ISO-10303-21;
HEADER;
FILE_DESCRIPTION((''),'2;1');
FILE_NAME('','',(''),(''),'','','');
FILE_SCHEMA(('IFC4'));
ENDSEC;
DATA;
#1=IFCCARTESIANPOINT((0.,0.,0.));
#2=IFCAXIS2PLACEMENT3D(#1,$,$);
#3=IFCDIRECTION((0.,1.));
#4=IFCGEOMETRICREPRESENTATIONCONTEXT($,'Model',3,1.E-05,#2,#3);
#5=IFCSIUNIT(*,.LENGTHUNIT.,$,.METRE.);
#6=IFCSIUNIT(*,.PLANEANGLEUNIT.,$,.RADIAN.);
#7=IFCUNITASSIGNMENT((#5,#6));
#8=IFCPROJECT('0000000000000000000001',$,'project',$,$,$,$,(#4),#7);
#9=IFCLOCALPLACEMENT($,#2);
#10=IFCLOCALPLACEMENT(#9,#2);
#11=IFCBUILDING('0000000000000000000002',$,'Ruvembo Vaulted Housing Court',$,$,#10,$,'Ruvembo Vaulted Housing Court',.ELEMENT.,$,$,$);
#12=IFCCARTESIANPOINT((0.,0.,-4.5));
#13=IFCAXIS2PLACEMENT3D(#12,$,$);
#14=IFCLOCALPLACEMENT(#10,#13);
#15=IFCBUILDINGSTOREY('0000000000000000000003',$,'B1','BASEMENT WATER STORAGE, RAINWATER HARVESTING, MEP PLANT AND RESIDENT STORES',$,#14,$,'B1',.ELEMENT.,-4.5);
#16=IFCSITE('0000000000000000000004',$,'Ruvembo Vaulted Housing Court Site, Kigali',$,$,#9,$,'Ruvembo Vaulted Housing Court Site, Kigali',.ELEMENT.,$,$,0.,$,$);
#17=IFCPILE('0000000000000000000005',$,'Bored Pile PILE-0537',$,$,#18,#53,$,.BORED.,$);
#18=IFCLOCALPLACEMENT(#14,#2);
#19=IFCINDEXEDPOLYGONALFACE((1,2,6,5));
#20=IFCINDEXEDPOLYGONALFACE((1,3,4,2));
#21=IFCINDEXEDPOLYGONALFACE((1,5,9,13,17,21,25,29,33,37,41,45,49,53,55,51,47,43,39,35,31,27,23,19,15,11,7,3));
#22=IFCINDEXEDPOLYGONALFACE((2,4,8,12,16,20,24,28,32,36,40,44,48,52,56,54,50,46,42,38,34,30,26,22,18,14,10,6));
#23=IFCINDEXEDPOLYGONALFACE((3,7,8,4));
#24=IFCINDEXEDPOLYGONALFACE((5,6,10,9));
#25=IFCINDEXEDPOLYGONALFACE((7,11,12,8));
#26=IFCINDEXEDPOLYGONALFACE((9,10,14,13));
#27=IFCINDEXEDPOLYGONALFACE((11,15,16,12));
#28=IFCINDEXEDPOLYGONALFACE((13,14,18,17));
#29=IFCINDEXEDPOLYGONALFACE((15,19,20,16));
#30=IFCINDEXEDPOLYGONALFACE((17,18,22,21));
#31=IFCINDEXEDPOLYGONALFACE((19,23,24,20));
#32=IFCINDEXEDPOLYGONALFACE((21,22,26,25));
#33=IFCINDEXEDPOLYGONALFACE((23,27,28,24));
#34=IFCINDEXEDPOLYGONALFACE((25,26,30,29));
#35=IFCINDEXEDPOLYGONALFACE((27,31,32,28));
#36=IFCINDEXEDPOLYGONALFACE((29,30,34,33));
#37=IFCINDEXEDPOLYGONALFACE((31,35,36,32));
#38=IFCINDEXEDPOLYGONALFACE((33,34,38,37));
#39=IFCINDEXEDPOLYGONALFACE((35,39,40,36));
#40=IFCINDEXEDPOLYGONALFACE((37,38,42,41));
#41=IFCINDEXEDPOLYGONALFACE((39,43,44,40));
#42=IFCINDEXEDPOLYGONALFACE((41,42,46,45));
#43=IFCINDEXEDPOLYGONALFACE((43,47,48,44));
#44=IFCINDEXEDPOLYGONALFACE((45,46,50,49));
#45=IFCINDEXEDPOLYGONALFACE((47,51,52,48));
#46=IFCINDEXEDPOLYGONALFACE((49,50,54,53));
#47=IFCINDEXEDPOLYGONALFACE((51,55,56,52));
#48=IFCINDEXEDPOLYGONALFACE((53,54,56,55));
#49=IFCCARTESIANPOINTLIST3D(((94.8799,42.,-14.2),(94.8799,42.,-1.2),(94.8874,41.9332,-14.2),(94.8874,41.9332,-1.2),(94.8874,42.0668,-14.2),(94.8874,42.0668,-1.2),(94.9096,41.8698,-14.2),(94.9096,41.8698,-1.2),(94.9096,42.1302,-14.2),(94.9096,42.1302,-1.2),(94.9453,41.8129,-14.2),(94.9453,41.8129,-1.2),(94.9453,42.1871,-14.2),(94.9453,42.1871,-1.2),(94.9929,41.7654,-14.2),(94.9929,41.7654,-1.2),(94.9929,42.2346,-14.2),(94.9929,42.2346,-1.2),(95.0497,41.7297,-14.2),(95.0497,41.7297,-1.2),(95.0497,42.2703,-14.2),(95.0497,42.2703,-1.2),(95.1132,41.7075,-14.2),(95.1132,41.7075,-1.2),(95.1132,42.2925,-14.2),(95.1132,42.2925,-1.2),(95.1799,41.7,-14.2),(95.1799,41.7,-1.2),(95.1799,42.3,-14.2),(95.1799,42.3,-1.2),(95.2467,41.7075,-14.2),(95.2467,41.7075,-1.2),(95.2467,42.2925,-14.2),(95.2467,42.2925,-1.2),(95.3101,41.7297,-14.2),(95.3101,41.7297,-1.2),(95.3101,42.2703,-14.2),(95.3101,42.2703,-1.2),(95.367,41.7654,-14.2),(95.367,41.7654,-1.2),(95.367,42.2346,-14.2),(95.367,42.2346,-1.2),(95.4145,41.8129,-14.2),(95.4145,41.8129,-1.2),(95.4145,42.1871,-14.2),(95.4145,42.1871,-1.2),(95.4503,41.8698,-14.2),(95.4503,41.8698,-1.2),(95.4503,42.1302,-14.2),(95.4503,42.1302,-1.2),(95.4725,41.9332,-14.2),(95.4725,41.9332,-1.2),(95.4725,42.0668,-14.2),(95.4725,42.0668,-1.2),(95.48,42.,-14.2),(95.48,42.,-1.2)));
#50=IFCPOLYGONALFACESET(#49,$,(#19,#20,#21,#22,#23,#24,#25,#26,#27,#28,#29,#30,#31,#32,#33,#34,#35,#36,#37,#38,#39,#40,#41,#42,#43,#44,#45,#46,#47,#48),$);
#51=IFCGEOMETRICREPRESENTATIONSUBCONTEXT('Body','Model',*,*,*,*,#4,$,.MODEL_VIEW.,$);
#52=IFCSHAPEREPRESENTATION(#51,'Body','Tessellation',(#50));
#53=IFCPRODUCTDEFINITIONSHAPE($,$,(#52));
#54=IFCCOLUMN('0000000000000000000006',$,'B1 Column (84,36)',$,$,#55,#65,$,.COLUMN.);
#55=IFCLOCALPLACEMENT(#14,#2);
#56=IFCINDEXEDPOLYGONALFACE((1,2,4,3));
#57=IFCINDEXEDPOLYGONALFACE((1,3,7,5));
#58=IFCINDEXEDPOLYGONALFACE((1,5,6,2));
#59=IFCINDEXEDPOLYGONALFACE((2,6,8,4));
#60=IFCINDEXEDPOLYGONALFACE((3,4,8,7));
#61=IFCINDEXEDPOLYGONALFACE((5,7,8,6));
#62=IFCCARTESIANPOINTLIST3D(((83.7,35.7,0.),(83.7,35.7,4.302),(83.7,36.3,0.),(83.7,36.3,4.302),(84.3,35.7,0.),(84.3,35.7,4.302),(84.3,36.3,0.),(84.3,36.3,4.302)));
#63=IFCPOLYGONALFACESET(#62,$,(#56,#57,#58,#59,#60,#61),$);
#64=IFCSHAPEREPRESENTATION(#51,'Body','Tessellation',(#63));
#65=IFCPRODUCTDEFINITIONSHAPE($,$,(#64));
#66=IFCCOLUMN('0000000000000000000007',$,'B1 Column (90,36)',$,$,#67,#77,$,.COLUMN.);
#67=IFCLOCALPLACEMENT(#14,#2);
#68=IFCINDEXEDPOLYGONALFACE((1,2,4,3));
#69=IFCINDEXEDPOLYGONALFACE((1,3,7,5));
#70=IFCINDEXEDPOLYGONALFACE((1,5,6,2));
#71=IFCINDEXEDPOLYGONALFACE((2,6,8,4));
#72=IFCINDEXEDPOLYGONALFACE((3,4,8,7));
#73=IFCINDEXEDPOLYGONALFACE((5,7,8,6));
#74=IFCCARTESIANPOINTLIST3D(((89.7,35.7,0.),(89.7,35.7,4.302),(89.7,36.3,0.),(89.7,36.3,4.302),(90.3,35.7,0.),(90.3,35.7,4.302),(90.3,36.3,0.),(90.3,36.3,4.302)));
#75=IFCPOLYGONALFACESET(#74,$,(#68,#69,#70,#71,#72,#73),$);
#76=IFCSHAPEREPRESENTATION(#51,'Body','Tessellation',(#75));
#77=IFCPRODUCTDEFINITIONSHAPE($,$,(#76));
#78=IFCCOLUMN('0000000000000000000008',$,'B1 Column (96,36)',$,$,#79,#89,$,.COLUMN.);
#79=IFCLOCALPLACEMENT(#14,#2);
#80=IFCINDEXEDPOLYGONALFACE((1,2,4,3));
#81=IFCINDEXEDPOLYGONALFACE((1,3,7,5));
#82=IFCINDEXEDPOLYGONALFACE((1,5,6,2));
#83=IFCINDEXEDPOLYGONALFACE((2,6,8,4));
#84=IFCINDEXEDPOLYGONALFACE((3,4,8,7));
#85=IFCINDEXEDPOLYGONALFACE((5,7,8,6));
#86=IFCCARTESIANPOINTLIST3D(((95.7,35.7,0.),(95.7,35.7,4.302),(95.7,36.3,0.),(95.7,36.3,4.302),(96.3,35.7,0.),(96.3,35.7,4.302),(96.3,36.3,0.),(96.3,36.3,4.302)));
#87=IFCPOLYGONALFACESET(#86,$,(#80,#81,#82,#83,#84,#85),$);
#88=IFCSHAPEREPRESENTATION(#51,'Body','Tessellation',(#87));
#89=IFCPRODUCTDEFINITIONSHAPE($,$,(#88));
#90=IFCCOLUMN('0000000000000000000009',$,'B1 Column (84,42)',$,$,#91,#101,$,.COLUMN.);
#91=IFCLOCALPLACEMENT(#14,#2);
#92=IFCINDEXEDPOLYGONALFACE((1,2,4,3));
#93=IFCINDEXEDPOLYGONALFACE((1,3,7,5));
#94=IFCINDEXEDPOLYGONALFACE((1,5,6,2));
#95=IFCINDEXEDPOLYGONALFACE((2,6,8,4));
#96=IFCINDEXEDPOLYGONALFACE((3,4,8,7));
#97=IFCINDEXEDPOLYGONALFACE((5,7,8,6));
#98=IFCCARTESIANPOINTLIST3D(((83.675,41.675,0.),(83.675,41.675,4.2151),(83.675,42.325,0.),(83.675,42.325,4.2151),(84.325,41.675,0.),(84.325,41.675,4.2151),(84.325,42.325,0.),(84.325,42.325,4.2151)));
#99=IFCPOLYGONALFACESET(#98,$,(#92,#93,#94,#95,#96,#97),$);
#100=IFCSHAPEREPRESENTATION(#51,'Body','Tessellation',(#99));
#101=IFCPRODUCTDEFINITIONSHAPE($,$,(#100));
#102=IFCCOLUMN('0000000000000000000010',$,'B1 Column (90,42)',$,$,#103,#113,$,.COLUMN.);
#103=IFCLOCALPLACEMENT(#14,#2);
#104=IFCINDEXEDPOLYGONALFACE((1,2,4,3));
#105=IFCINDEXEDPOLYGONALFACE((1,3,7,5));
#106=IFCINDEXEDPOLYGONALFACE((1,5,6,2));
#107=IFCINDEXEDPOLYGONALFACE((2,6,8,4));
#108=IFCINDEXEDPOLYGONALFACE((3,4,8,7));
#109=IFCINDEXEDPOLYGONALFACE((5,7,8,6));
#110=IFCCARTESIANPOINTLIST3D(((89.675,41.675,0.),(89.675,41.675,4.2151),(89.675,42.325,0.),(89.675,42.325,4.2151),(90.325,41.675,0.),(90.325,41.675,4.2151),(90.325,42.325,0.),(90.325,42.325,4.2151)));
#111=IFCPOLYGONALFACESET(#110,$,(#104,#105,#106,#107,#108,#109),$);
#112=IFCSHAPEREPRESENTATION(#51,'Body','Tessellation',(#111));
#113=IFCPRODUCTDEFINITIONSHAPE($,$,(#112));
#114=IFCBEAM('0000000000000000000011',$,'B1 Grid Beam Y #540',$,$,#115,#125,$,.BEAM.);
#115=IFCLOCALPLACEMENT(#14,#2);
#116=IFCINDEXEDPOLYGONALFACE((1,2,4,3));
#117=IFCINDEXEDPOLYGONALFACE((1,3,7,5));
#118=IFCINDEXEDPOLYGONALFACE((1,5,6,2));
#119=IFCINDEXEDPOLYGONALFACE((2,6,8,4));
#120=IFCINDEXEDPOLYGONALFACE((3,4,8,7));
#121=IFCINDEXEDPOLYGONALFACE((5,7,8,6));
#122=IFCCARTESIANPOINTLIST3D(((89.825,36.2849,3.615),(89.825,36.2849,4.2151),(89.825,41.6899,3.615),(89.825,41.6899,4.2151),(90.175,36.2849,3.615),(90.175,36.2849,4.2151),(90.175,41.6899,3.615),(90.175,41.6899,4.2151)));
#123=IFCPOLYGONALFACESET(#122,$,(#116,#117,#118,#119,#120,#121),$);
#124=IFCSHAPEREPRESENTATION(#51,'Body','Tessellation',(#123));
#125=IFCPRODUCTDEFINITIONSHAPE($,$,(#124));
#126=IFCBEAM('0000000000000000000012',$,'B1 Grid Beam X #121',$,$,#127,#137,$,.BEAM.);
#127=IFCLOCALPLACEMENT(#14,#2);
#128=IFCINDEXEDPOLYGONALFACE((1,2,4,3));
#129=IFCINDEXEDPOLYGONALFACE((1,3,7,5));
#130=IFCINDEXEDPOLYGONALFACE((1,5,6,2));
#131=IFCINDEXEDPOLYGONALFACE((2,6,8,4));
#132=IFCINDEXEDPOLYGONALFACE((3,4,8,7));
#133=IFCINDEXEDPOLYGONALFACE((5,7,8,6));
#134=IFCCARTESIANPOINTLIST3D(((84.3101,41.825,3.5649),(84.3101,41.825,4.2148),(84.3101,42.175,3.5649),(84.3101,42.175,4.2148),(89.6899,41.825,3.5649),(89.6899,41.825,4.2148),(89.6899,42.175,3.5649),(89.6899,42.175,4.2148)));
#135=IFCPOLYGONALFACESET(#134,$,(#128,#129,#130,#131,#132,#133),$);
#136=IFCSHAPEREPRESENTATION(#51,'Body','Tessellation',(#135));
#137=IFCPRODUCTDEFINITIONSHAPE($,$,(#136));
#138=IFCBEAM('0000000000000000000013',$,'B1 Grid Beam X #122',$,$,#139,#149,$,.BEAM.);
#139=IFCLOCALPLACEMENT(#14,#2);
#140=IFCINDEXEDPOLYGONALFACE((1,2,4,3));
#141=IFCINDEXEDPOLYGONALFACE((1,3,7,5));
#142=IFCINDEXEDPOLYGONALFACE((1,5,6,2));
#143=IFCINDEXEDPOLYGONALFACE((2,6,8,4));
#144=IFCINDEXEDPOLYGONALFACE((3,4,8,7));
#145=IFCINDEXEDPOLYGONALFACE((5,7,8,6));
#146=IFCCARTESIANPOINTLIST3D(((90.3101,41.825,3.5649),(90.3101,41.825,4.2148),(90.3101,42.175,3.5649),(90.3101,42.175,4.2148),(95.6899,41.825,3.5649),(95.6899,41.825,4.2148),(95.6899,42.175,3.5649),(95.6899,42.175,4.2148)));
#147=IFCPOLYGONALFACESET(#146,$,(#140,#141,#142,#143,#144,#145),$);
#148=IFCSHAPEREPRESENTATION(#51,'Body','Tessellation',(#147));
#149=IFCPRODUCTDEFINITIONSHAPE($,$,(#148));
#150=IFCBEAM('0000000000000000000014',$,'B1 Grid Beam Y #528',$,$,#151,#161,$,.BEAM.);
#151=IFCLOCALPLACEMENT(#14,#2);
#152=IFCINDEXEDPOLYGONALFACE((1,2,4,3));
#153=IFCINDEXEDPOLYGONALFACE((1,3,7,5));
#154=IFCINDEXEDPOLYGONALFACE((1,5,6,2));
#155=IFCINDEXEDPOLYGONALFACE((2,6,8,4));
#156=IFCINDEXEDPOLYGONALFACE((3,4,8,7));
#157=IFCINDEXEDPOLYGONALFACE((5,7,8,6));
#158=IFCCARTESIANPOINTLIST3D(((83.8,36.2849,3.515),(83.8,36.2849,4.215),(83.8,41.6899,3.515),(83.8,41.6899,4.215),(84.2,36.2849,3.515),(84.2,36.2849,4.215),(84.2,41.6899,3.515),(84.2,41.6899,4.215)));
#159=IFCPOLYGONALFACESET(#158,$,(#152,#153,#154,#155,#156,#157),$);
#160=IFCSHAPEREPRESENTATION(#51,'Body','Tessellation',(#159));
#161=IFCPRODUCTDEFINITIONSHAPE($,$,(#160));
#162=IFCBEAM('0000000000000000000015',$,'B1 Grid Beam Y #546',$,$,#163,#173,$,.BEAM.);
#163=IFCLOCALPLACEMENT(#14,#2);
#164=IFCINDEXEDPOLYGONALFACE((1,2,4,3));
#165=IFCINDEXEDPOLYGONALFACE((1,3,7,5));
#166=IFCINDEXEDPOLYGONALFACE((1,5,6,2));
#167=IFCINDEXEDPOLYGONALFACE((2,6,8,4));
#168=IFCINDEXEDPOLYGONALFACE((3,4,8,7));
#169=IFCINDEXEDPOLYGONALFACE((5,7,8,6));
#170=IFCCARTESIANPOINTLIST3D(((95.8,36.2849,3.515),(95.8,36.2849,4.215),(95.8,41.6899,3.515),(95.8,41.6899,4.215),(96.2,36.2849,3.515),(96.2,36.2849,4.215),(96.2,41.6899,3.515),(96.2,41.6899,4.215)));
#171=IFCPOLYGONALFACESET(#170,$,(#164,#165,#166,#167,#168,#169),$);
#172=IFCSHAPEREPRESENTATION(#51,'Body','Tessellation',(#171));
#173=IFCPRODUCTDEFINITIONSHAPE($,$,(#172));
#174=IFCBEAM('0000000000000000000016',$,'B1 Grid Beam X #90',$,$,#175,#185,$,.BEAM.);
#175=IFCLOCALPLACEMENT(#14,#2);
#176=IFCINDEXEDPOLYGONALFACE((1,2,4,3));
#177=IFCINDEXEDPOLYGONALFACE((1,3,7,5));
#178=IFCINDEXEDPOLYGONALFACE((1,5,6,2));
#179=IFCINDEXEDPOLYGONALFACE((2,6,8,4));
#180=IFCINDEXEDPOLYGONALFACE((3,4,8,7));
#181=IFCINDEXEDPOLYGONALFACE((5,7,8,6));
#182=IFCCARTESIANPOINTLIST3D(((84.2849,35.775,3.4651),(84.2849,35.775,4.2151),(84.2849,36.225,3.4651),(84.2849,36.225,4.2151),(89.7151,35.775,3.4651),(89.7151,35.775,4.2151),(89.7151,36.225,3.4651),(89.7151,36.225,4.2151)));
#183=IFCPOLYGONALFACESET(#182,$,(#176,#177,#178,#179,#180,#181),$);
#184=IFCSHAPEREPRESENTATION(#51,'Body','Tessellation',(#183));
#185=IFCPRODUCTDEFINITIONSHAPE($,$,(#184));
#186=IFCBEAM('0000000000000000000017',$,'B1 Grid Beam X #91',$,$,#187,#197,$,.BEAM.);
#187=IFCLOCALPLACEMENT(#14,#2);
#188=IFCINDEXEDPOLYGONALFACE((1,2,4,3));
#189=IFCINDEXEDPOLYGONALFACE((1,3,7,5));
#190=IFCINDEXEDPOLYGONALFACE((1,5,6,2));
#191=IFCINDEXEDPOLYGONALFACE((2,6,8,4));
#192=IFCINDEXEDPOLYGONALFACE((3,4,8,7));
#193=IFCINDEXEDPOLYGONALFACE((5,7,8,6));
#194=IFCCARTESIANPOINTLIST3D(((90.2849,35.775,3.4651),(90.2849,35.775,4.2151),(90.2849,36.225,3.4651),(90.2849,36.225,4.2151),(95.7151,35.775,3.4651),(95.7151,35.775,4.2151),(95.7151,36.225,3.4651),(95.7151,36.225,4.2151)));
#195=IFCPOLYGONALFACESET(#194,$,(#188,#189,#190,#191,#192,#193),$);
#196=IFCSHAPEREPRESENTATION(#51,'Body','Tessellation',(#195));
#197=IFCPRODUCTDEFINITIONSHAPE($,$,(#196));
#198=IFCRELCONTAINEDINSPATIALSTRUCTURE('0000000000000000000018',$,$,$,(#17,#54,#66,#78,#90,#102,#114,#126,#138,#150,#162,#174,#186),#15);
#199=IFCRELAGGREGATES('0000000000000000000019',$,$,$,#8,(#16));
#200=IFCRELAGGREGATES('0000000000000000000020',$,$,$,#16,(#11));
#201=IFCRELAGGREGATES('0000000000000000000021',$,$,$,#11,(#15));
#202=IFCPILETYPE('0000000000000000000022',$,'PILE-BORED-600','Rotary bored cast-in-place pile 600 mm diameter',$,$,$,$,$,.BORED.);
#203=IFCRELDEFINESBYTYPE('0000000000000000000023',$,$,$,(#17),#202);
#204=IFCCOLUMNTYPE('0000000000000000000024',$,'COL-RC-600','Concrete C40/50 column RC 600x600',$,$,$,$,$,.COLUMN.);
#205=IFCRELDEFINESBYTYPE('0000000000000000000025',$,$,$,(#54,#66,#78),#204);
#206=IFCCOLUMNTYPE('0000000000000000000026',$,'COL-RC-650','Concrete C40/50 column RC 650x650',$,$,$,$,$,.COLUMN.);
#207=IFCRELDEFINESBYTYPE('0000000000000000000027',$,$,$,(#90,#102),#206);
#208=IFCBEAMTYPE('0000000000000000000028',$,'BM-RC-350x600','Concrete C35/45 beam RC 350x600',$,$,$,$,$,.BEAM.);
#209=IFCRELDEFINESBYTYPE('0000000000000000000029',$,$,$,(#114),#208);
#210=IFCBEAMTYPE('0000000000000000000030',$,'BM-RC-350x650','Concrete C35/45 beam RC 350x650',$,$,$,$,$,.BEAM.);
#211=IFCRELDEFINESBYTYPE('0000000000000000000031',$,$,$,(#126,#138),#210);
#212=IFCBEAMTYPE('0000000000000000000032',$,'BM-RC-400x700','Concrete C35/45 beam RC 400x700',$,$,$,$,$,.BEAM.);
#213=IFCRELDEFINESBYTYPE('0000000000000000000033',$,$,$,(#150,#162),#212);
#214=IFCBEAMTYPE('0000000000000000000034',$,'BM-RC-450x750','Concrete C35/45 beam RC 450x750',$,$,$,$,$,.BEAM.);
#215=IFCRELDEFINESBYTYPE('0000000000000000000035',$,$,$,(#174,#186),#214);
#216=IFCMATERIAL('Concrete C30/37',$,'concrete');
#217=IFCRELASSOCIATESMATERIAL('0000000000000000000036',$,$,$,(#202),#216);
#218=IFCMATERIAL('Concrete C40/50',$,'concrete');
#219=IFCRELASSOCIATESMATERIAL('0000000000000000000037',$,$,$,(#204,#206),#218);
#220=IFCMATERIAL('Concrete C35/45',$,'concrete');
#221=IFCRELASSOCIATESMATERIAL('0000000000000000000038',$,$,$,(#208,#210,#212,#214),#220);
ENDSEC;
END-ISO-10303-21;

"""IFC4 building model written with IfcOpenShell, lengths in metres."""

from ifc_helpers import new_model, si_unit, direction, frame, origin, origin_2d, place, context, subcontext, project, spatial, rectangle, circle, extrude, material, material_profile, profile_set, type_object, element, save


model = new_model("IFC4")

# Units and contexts
model_context = context("Model", 3, precision=1e-05, world=origin(), true_north=direction((0.0, 1.0)))
body_context = subcontext(model_context, "Body", "Model", "MODEL_VIEW")
ifc_project = project(units=[si_unit("LENGTHUNIT", "METRE"), si_unit("PLANEANGLEUNIT", "RADIAN")], contexts=[model_context])

# Site, building, storey
site_placement = place(None, origin())
site = spatial("IfcSite", under=ifc_project, at=site_placement, Name="Ruvembo Vaulted Housing Court Site, Kigali", LongName="Ruvembo Vaulted Housing Court Site, Kigali", CompositionType="ELEMENT", RefElevation=0.0)
building_placement = place(site_placement, origin())
building = spatial("IfcBuilding", under=site, at=building_placement, Name="Ruvembo Vaulted Housing Court", LongName="Ruvembo Vaulted Housing Court", CompositionType="ELEMENT")
storey_placement = place(building_placement, frame((0.0, 0.0, -4.5)))
storey = spatial("IfcBuildingStorey", under=building, at=storey_placement, Name="B1", Description="BASEMENT WATER STORAGE, RAINWATER HARVESTING, MEP PLANT AND RESIDENT STORES", LongName="B1", CompositionType="ELEMENT", Elevation=-4.5)

# Shared definitions
ifc_material_1 = material(Name="Concrete C35/45", Category="concrete")

# Pile
ifc_material_2 = material(Name="Concrete C30/37", Category="concrete")
ifc_material_profile_1 = material_profile(ifc_material_2, circle(Radius=0.3, at=origin_2d()), Name="PILE D600")
ifc_profile_set_1 = profile_set([ifc_material_profile_1], Name="Concrete C30/37")
pile_type = type_object("IfcPileType", Name="PILE-BORED-600", Description="Rotary bored cast-in-place pile 600 mm diameter", PredefinedType="BORED", material=ifc_profile_set_1)
for number, where, z_axis, x_axis, name in (
    (1, (95.1799, 42.0, -1.2), (0.0, 0.0, -1.0), (1.0, 0.0, 0.0), "Bored Pile PILE-0537"),
):
    element("IfcPile", number, at=place(storey_placement, frame(where, z_axis=z_axis, x_axis=x_axis)), inside=storey, type_object=pile_type, Name=name, PredefinedType="BORED", context=body_context, shape_type="SweptSolid", body=[
        extrude(circle(Radius=0.3, at=origin_2d()), origin(), (0.0, 0.0, 1.0), 13.0),
    ])

# Columns
ifc_material_3 = material(Name="Concrete C40/50", Category="concrete")
ifc_material_profile_2 = material_profile(ifc_material_3, rectangle(XDim=0.6001, YDim=0.6001, at=origin_2d()), Name="RC 600x600")
ifc_profile_set_2 = profile_set([ifc_material_profile_2], Name="Concrete C40/50")
column_type_1 = type_object("IfcColumnType", Name="COL-RC-600", Description="Concrete C40/50 column RC 600x600", PredefinedType="COLUMN", material=ifc_profile_set_2)
for number, where, z_axis, x_axis, name in (
    (2, (84.0, 36.0, 0.0), (0.0, 0.0, 1.0), (1.0, 0.0, 0.0), "B1 Column (84,36)"),
    (3, (90.0, 36.0, 0.0), (0.0, 0.0, 1.0), (1.0, 0.0, 0.0), "B1 Column (90,36)"),
    (4, (96.0, 36.0, 0.0), (0.0, 0.0, 1.0), (1.0, 0.0, 0.0), "B1 Column (96,36)"),
):
    element("IfcColumn", number, at=place(storey_placement, frame(where, z_axis=z_axis, x_axis=x_axis)), inside=storey, type_object=column_type_1, Name=name, PredefinedType="COLUMN", context=body_context, shape_type="SweptSolid", body=[
        extrude(rectangle(XDim=0.6001, YDim=0.6001, at=origin_2d()), origin(), (0.0, 0.0, 1.0), 4.302),
    ])
ifc_material_profile_3 = material_profile(ifc_material_3, rectangle(XDim=0.6499, YDim=0.6499, at=origin_2d()), Name="RC 650x650")
ifc_profile_set_3 = profile_set([ifc_material_profile_3], Name="Concrete C40/50")
column_type_2 = type_object("IfcColumnType", Name="COL-RC-650", Description="Concrete C40/50 column RC 650x650", PredefinedType="COLUMN", material=ifc_profile_set_3)
for number, where, z_axis, x_axis, name in (
    (5, (84.0, 42.0, 0.0), (0.0, 0.0, 1.0), (1.0, 0.0, 0.0), "B1 Column (84,42)"),
    (6, (90.0, 42.0, 0.0), (0.0, 0.0, 1.0), (1.0, 0.0, 0.0), "B1 Column (90,42)"),
):
    element("IfcColumn", number, at=place(storey_placement, frame(where, z_axis=z_axis, x_axis=x_axis)), inside=storey, type_object=column_type_2, Name=name, PredefinedType="COLUMN", context=body_context, shape_type="SweptSolid", body=[
        extrude(rectangle(XDim=0.6499, YDim=0.6499, at=origin_2d()), origin(), (0.0, 0.0, 1.0), 4.2151),
    ])

# Beams
ifc_material_profile_4 = material_profile(ifc_material_1, rectangle(XDim=0.3501, YDim=0.6001, at=origin_2d()), Name="RC 350x600")
ifc_profile_set_4 = profile_set([ifc_material_profile_4], Name="Concrete C35/45")
beam_type_1 = type_object("IfcBeamType", Name="BM-RC-350x600", Description="Concrete C35/45 beam RC 350x600", PredefinedType="BEAM", material=ifc_profile_set_4)
beam_placement = place(storey_placement, frame((90.0, 36.2849, 3.915), z_axis=(0.0, 1.0, 0.0), x_axis=(-1.0, 0.0, 0.0)))
element("IfcBeam", 7, at=beam_placement, inside=storey, type_object=beam_type_1, Name="B1 Grid Beam Y #540", PredefinedType="BEAM", context=body_context, shape_type="SweptSolid", body=[
    extrude(rectangle(XDim=0.3501, YDim=0.6001, at=origin_2d()), origin(), (0.0, 0.0, 1.0), 5.405),
])
ifc_material_profile_5 = material_profile(ifc_material_1, rectangle(XDim=0.3501, YDim=0.6499, at=origin_2d()), Name="RC 350x650")
ifc_profile_set_5 = profile_set([ifc_material_profile_5], Name="Concrete C35/45")
beam_type_2 = type_object("IfcBeamType", Name="BM-RC-350x650", Description="Concrete C35/45 beam RC 350x650", PredefinedType="BEAM", material=ifc_profile_set_5)
for number, where, z_axis, x_axis, name in (
    (8, (84.3101, 42.0, 3.8899), (1.0, 0.0, 0.0), (0.0, 1.0, 0.0), "B1 Grid Beam X #121"),
    (9, (90.3101, 42.0, 3.8899), (1.0, 0.0, 0.0), (0.0, 1.0, 0.0), "B1 Grid Beam X #122"),
):
    element("IfcBeam", number, at=place(storey_placement, frame(where, z_axis=z_axis, x_axis=x_axis)), inside=storey, type_object=beam_type_2, Name=name, PredefinedType="BEAM", context=body_context, shape_type="SweptSolid", body=[
        extrude(rectangle(XDim=0.3501, YDim=0.6499, at=origin_2d()), origin(), (0.0, 0.0, 1.0), 5.3799),
    ])
ifc_material_profile_6 = material_profile(ifc_material_1, rectangle(XDim=0.3999, YDim=0.7, at=origin_2d()), Name="RC 400x700")
ifc_profile_set_6 = profile_set([ifc_material_profile_6], Name="Concrete C35/45")
beam_type_3 = type_object("IfcBeamType", Name="BM-RC-400x700", Description="Concrete C35/45 beam RC 400x700", PredefinedType="BEAM", material=ifc_profile_set_6)
for number, where, z_axis, x_axis, name in (
    (10, (84.0, 36.2849, 3.865), (0.0, 1.0, 0.0), (-1.0, 0.0, 0.0), "B1 Grid Beam Y #528"),
    (11, (96.0, 36.2849, 3.865), (0.0, 1.0, 0.0), (-1.0, 0.0, 0.0), "B1 Grid Beam Y #546"),
):
    element("IfcBeam", number, at=place(storey_placement, frame(where, z_axis=z_axis, x_axis=x_axis)), inside=storey, type_object=beam_type_3, Name=name, PredefinedType="BEAM", context=body_context, shape_type="SweptSolid", body=[
        extrude(rectangle(XDim=0.3999, YDim=0.7, at=origin_2d()), origin(), (0.0, 0.0, 1.0), 5.405),
    ])
ifc_material_profile_7 = material_profile(ifc_material_1, rectangle(XDim=0.45, YDim=0.75, at=origin_2d()), Name="RC 450x750")
ifc_profile_set_7 = profile_set([ifc_material_profile_7], Name="Concrete C35/45")
beam_type_4 = type_object("IfcBeamType", Name="BM-RC-450x750", Description="Concrete C35/45 beam RC 450x750", PredefinedType="BEAM", material=ifc_profile_set_7)
for number, where, z_axis, x_axis, name in (
    (12, (84.2849, 36.0, 3.8401), (1.0, 0.0, 0.0), (0.0, 1.0, 0.0), "B1 Grid Beam X #90"),
    (13, (90.2849, 36.0, 3.8401), (1.0, 0.0, 0.0), (0.0, 1.0, 0.0), "B1 Grid Beam X #91"),
):
    element("IfcBeam", number, at=place(storey_placement, frame(where, z_axis=z_axis, x_axis=x_axis)), inside=storey, type_object=beam_type_4, Name=name, PredefinedType="BEAM", context=body_context, shape_type="SweptSolid", body=[
        extrude(rectangle(XDim=0.45, YDim=0.75, at=origin_2d()), origin(), (0.0, 0.0, 1.0), 5.4302),
    ])

save(model, "model.ifc")
